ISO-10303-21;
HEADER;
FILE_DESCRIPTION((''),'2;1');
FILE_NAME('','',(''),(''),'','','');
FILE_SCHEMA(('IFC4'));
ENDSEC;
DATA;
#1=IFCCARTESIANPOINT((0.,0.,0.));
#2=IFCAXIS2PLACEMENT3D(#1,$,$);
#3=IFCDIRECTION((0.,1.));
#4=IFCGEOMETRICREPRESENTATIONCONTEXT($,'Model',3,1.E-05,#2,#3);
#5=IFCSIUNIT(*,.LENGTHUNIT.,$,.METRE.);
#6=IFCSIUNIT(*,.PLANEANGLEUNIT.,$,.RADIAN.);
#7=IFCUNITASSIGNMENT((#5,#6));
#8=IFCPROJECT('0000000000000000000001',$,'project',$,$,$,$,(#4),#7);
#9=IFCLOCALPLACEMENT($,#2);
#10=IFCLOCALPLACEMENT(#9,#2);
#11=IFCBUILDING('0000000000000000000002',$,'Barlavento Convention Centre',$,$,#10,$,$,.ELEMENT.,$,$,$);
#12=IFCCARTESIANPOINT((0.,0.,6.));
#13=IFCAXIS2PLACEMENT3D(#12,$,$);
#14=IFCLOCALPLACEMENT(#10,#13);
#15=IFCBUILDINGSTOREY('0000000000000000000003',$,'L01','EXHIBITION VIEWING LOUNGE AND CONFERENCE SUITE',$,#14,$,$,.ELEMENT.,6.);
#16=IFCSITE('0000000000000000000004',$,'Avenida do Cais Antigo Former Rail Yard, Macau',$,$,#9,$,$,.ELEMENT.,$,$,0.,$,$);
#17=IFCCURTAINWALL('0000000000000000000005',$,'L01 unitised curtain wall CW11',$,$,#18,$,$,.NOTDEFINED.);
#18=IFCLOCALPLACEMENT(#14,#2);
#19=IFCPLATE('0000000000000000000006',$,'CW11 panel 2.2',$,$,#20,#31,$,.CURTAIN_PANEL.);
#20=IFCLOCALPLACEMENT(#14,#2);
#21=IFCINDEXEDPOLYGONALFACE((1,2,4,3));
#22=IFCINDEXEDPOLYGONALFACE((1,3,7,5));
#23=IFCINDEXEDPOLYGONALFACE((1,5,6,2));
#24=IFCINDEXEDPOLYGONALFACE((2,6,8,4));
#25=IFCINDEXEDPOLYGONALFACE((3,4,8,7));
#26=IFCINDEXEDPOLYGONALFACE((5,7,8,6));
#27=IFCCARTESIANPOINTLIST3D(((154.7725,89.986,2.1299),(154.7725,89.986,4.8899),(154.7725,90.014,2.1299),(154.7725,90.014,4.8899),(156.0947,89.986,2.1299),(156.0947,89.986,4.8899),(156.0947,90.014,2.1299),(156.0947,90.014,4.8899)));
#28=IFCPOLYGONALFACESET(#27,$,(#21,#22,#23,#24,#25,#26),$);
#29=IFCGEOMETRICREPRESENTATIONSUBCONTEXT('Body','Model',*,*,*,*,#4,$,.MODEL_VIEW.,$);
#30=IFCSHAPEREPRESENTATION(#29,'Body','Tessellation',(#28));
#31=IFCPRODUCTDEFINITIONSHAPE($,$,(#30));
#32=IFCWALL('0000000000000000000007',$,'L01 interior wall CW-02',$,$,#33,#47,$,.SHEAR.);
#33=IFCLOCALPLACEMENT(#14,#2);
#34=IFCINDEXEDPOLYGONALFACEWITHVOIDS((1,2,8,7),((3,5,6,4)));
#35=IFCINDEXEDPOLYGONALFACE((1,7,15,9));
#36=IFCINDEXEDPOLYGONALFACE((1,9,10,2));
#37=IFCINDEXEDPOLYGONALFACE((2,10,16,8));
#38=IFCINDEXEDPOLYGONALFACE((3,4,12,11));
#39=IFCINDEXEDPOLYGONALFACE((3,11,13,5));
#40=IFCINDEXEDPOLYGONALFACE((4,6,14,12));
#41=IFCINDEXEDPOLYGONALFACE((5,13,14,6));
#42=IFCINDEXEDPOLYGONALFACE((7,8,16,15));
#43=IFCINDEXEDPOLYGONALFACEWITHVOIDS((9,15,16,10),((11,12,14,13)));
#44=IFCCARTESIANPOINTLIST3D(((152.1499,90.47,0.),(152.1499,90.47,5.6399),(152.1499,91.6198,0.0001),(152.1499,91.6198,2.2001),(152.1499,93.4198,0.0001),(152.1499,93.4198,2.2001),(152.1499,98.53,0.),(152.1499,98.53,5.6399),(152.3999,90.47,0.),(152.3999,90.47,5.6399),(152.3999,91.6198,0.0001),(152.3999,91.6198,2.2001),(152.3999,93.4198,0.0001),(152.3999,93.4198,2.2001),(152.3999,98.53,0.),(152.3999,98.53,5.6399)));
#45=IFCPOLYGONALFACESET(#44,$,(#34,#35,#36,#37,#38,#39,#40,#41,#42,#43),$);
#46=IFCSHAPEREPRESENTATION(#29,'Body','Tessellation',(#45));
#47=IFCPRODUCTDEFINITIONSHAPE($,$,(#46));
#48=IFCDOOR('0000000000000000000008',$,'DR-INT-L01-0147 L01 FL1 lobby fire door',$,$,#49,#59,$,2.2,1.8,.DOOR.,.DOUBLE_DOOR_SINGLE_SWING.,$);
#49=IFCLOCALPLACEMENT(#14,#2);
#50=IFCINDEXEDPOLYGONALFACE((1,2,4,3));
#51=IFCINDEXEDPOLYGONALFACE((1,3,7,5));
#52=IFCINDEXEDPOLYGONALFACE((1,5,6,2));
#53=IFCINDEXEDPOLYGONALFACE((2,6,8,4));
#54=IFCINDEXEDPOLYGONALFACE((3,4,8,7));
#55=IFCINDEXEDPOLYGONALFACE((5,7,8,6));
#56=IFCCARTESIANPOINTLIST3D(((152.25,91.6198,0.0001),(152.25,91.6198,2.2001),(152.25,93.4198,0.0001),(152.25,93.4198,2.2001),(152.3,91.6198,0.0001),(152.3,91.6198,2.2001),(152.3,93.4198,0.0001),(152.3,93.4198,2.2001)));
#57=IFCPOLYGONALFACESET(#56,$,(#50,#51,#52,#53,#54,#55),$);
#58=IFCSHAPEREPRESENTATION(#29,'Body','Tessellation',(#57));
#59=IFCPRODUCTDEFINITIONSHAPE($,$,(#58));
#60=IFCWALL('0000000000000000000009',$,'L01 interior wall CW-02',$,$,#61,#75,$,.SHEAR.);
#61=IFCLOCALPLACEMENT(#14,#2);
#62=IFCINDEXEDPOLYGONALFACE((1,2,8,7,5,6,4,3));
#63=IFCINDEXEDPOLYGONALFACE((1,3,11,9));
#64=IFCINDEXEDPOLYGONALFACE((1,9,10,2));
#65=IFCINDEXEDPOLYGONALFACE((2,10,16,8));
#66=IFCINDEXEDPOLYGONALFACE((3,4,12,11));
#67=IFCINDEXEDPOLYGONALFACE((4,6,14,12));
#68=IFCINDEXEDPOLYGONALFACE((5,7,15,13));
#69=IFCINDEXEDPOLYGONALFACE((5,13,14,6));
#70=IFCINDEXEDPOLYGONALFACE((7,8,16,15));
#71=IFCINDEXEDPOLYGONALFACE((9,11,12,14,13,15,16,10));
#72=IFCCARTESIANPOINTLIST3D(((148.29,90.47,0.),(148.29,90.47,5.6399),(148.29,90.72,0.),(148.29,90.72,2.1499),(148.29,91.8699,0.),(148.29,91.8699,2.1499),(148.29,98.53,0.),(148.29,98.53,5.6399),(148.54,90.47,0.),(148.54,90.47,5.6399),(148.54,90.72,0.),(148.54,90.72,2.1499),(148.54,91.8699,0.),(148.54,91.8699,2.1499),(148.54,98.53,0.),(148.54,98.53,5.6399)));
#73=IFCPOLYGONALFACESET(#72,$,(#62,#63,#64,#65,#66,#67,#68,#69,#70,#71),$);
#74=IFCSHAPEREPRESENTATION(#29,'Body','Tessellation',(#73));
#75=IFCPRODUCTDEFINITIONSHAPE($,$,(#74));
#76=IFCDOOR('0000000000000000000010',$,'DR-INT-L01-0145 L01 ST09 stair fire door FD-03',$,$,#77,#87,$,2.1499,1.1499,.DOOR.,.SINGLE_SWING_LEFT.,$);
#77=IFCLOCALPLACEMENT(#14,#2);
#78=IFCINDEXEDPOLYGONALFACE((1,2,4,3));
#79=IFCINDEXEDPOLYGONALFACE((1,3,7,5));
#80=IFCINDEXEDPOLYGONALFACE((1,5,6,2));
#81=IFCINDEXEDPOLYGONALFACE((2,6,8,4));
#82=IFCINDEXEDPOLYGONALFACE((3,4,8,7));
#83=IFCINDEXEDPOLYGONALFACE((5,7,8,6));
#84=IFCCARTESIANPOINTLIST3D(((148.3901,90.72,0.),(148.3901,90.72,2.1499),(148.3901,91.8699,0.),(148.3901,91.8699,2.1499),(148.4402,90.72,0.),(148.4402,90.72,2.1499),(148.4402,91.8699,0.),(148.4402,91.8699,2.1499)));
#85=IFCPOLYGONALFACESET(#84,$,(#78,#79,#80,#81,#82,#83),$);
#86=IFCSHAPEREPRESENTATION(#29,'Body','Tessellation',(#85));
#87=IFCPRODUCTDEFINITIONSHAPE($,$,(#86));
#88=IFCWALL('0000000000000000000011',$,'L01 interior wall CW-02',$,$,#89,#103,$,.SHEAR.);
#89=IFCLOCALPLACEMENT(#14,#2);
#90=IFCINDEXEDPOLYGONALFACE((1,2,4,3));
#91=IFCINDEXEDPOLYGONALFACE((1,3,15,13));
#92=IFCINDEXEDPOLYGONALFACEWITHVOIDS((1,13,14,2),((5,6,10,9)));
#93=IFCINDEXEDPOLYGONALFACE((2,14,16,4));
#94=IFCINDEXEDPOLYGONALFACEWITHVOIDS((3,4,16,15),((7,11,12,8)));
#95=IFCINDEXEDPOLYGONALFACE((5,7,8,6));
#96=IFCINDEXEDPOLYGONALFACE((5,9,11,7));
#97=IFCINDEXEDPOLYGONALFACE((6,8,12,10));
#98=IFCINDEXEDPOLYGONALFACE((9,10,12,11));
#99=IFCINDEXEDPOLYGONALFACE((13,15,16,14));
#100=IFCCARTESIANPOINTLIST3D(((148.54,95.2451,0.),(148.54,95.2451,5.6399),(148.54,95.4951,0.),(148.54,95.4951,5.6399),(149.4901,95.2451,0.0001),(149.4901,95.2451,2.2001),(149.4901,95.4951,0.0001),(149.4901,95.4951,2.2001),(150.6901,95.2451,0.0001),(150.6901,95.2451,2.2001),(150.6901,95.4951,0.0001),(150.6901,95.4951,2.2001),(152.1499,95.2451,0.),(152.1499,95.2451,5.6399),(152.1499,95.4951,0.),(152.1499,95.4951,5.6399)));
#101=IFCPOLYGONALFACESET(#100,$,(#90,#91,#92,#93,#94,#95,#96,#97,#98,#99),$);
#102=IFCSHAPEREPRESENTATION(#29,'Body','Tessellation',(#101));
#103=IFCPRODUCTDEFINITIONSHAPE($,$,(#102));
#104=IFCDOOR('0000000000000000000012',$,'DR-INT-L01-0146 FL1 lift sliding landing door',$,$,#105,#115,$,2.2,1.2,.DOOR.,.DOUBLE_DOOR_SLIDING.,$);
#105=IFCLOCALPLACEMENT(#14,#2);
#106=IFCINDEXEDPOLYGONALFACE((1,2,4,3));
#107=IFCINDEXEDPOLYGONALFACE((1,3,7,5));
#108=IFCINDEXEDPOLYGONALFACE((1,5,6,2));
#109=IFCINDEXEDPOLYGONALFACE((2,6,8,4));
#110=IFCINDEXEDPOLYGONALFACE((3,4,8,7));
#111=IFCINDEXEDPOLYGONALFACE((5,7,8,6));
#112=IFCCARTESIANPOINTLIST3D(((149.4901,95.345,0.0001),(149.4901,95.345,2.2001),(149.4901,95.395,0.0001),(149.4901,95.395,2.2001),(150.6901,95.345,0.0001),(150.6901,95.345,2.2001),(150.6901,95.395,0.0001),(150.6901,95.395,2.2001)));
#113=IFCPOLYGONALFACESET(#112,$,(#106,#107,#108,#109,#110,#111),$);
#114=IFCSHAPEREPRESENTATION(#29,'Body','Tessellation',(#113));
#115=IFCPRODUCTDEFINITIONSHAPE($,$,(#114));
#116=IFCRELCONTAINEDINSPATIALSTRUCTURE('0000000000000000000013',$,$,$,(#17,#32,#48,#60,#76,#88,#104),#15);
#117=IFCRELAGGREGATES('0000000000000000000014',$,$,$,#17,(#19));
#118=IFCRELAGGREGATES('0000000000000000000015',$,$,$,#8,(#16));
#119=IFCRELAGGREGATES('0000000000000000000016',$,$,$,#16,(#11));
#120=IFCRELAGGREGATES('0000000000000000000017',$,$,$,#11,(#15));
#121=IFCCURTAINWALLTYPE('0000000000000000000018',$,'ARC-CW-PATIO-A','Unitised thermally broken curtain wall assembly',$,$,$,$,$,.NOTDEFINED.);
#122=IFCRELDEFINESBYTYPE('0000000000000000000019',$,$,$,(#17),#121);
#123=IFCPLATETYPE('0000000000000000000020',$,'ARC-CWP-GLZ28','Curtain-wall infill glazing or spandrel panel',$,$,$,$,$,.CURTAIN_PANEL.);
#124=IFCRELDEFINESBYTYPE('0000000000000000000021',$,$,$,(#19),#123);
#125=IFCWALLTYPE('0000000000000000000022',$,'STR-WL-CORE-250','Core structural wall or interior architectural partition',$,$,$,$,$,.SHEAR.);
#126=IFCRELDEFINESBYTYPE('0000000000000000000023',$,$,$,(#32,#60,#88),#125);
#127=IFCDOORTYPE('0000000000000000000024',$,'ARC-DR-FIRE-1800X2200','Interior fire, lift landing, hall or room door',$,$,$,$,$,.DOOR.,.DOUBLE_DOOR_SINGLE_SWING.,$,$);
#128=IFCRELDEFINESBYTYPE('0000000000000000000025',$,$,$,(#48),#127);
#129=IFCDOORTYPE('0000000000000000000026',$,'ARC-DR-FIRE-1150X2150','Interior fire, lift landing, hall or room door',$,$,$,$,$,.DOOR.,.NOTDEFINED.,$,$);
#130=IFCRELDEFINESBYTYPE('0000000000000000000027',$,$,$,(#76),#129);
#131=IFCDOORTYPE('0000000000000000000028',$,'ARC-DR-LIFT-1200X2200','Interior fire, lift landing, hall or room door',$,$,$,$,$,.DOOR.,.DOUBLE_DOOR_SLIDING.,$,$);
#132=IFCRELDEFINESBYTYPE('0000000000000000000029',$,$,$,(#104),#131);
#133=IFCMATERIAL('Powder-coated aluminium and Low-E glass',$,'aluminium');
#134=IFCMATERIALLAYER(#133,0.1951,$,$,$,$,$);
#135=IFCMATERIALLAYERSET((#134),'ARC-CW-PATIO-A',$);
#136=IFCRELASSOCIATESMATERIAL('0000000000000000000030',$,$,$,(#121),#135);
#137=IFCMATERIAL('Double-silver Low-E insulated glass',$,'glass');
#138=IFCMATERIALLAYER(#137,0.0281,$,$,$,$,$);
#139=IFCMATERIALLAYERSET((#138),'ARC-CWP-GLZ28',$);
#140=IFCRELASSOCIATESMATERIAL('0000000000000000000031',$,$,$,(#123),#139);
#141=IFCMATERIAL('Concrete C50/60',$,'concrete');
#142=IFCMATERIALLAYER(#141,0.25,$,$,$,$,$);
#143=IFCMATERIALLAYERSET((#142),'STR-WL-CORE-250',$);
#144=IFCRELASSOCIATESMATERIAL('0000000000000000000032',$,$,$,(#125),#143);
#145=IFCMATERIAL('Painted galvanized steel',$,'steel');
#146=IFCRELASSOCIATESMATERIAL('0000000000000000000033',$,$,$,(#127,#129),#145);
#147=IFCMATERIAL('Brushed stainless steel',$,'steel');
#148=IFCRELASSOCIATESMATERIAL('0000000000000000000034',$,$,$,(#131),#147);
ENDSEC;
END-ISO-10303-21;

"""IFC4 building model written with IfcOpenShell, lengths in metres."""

from ifc_helpers import new_model, si_unit, direction, frame, frame_2d, origin, origin_2d, place, context, subcontext, project, spatial, rectangle, extrude, material, layer, layer_set, type_object, element, fill, aggregate, save


model = new_model("IFC4")

# Units and contexts
model_context = context("Model", 3, precision=1e-05, world=origin(), true_north=direction((0.0, 1.0)))
body_context = subcontext(model_context, "Body", "Model", "MODEL_VIEW")
ifc_project = project(units=[si_unit("LENGTHUNIT", "METRE"), si_unit("PLANEANGLEUNIT", "RADIAN")], contexts=[model_context])

# Site, building, storey
site_placement = place(None, origin())
site = spatial("IfcSite", under=ifc_project, at=site_placement, Name="Avenida do Cais Antigo Former Rail Yard, Macau", CompositionType="ELEMENT", RefElevation=0.0)
building_placement = place(site_placement, origin())
building = spatial("IfcBuilding", under=site, at=building_placement, Name="Barlavento Convention Centre", CompositionType="ELEMENT")
storey_placement = place(building_placement, frame((0.0, 0.0, 6.0)))
storey = spatial("IfcBuildingStorey", under=building, at=storey_placement, Name="L01", Description="EXHIBITION VIEWING LOUNGE AND CONFERENCE SUITE", CompositionType="ELEMENT", Elevation=6.0)

# Curtain wall
ifc_material_1 = material(Name="Powder-coated aluminium and Low-E glass", Category="aluminium")
ifc_layer_1 = layer(ifc_material_1, 0.1951)
ifc_layer_set_1 = layer_set([ifc_layer_1], Name="ARC-CW-PATIO-A")
curtain_wall_type = type_object("IfcCurtainWallType", Name="ARC-CW-PATIO-A", Description="Unitised thermally broken curtain wall assembly", PredefinedType="NOTDEFINED", material=ifc_layer_set_1)
curtain_wall_placement = place(storey_placement, origin())
curtain_wall = element("IfcCurtainWall", 1, at=curtain_wall_placement, inside=storey, type_object=curtain_wall_type, Name="L01 unitised curtain wall CW11", PredefinedType="NOTDEFINED")

# Plate
ifc_material_2 = material(Name="Double-silver Low-E insulated glass", Category="glass")
ifc_layer_2 = layer(ifc_material_2, 0.0281)
ifc_layer_set_2 = layer_set([ifc_layer_2], Name="ARC-CWP-GLZ28")
plate_type = type_object("IfcPlateType", Name="ARC-CWP-GLZ28", Description="Curtain-wall infill glazing or spandrel panel", PredefinedType="CURTAIN_PANEL", material=ifc_layer_set_2)
plate_1_placement = place(storey_placement, frame((155.4336, 90.0, 2.1299), z_axis=(0.0, 0.0, 1.0), x_axis=(1.0, 0.0, 0.0)))
plate_1 = element("IfcPlate", 2, at=plate_1_placement, type_object=plate_type, Name="CW11 panel 2.2", PredefinedType="CURTAIN_PANEL", context=body_context, shape_type="SweptSolid", body=[
    extrude(rectangle(XDim=1.3223, YDim=0.0281, at=origin_2d()), origin(), (0.0, 0.0, 1.0), 2.76),
])
aggregate(curtain_wall, [plate_1])

# Walls, openings, doors
ifc_material_3 = material(Name="Concrete C50/60", Category="concrete")
ifc_layer_3 = layer(ifc_material_3, 0.25)
ifc_layer_set_3 = layer_set([ifc_layer_3], Name="STR-WL-CORE-250")
wall_type = type_object("IfcWallType", Name="STR-WL-CORE-250", Description="Core structural wall or interior architectural partition", PredefinedType="SHEAR", material=ifc_layer_set_3)
wall_1_placement = place(storey_placement, frame((152.2749, 90.47, 0.0), z_axis=(0.0, 0.0, 1.0), x_axis=(0.0, 1.0, 0.0)))
wall_1 = element("IfcWall", 3, at=wall_1_placement, inside=storey, type_object=wall_type, Name="L01 interior wall CW-02", PredefinedType="SHEAR", context=body_context, shape_type="SweptSolid", body=[
    extrude(rectangle(XDim=8.0601, YDim=0.25, at=frame_2d((4.03, 0.0))), origin(), (0.0, 0.0, 1.0), 5.6399),
])
opening_1_placement = place(wall_1_placement, frame((1.1499, 0.0, 0.0)))
opening_1 = element("IfcOpeningElement", 4, at=opening_1_placement, cuts=wall_1, PredefinedType="OPENING", context=body_context, shape_type="SweptSolid", body=[
    extrude(rectangle(XDim=1.8, YDim=2.2, at=frame_2d((0.8999, 1.1001))), frame((0.0, 0.135, 0.0), z_axis=(0.0, -1.0, 0.0), x_axis=(1.0, 0.0, 0.0)), (0.0, 0.0, 1.0), 0.27),
])
ifc_material_4 = material(Name="Painted galvanized steel", Category="steel")
door_type_1 = type_object("IfcDoorType", Name="ARC-DR-FIRE-1800X2200", Description="Interior fire, lift landing, hall or room door", OperationType="DOUBLE_DOOR_SINGLE_SWING", PredefinedType="DOOR", material=ifc_material_4)
door_1_placement = place(opening_1_placement, origin())
door_1 = element("IfcDoor", 5, at=door_1_placement, inside=storey, type_object=door_type_1, Name="DR-INT-L01-0147 L01 FL1 lobby fire door", OperationType="DOUBLE_DOOR_SINGLE_SWING", OverallHeight=2.2, OverallWidth=1.8, PredefinedType="DOOR", context=body_context, shape_type="SweptSolid", body=[
    extrude(rectangle(XDim=1.8, YDim=2.2, at=frame_2d((0.8999, 1.1001))), frame((0.0, 0.0249, 0.0), z_axis=(0.0, -1.0, 0.0), x_axis=(1.0, 0.0, 0.0)), (0.0, 0.0, 1.0), 0.05),
])
fill(opening_1, door_1)
wall_2_placement = place(storey_placement, frame((148.415, 90.47, 0.0), z_axis=(0.0, 0.0, 1.0), x_axis=(0.0, 1.0, 0.0)))
wall_2 = element("IfcWall", 6, at=wall_2_placement, inside=storey, type_object=wall_type, Name="L01 interior wall CW-02", PredefinedType="SHEAR", context=body_context, shape_type="SweptSolid", body=[
    extrude(rectangle(XDim=8.0601, YDim=0.25, at=frame_2d((4.03, 0.0))), origin(), (0.0, 0.0, 1.0), 5.6399),
])
opening_2_placement = place(wall_2_placement, frame((0.25, 0.0, 0.0)))
opening_2 = element("IfcOpeningElement", 7, at=opening_2_placement, cuts=wall_2, PredefinedType="OPENING", context=body_context, shape_type="SweptSolid", body=[
    extrude(rectangle(XDim=1.1499, YDim=2.1499, at=frame_2d((0.575, 1.075))), frame((0.0, 0.135, 0.0), z_axis=(0.0, -1.0, 0.0), x_axis=(1.0, 0.0, 0.0)), (0.0, 0.0, 1.0), 0.27),
])
door_type_2 = type_object("IfcDoorType", Name="ARC-DR-FIRE-1150X2150", Description="Interior fire, lift landing, hall or room door", OperationType="NOTDEFINED", PredefinedType="DOOR", material=ifc_material_4)
door_2_placement = place(opening_2_placement, origin())
door_2 = element("IfcDoor", 8, at=door_2_placement, inside=storey, type_object=door_type_2, Name="DR-INT-L01-0145 L01 ST09 stair fire door FD-03", OperationType="SINGLE_SWING_LEFT", OverallHeight=2.1499, OverallWidth=1.1499, PredefinedType="DOOR", context=body_context, shape_type="SweptSolid", body=[
    extrude(rectangle(XDim=1.1499, YDim=2.1499, at=frame_2d((0.575, 1.075))), frame((0.0, 0.0249, 0.0), z_axis=(0.0, -1.0, 0.0), x_axis=(1.0, 0.0, 0.0)), (0.0, 0.0, 1.0), 0.05),
])
fill(opening_2, door_2)
wall_3_placement = place(storey_placement, frame((148.54, 95.3701, 0.0), z_axis=(0.0, 0.0, 1.0), x_axis=(1.0, 0.0, 0.0)))
wall_3 = element("IfcWall", 9, at=wall_3_placement, inside=storey, type_object=wall_type, Name="L01 interior wall CW-02", PredefinedType="SHEAR", context=body_context, shape_type="SweptSolid", body=[
    extrude(rectangle(XDim=3.6099, YDim=0.25, at=frame_2d((1.8049, 0.0))), origin(), (0.0, 0.0, 1.0), 5.6399),
])
opening_3_placement = place(wall_3_placement, frame((0.95, 0.0, 0.0)))
opening_3 = element("IfcOpeningElement", 10, at=opening_3_placement, cuts=wall_3, PredefinedType="OPENING", context=body_context, shape_type="SweptSolid", body=[
    extrude(rectangle(XDim=1.2, YDim=2.2, at=frame_2d((0.6001, 1.1001))), frame((0.0, 0.135, 0.0), z_axis=(0.0, -1.0, 0.0), x_axis=(1.0, 0.0, 0.0)), (0.0, 0.0, 1.0), 0.27),
])
ifc_material_5 = material(Name="Brushed stainless steel", Category="steel")
door_type_3 = type_object("IfcDoorType", Name="ARC-DR-LIFT-1200X2200", Description="Interior fire, lift landing, hall or room door", OperationType="DOUBLE_DOOR_SLIDING", PredefinedType="DOOR", material=ifc_material_5)
door_3_placement = place(opening_3_placement, origin())
door_3 = element("IfcDoor", 11, at=door_3_placement, inside=storey, type_object=door_type_3, Name="DR-INT-L01-0146 FL1 lift sliding landing door", OperationType="DOUBLE_DOOR_SLIDING", OverallHeight=2.2, OverallWidth=1.2, PredefinedType="DOOR", context=body_context, shape_type="SweptSolid", body=[
    extrude(rectangle(XDim=1.2, YDim=2.2, at=frame_2d((0.6001, 1.1001))), frame((0.0, 0.0249, 0.0), z_axis=(0.0, -1.0, 0.0), x_axis=(1.0, 0.0, 0.0)), (0.0, 0.0, 1.0), 0.05),
])
fill(opening_3, door_3)

save(model, "model.ifc")
